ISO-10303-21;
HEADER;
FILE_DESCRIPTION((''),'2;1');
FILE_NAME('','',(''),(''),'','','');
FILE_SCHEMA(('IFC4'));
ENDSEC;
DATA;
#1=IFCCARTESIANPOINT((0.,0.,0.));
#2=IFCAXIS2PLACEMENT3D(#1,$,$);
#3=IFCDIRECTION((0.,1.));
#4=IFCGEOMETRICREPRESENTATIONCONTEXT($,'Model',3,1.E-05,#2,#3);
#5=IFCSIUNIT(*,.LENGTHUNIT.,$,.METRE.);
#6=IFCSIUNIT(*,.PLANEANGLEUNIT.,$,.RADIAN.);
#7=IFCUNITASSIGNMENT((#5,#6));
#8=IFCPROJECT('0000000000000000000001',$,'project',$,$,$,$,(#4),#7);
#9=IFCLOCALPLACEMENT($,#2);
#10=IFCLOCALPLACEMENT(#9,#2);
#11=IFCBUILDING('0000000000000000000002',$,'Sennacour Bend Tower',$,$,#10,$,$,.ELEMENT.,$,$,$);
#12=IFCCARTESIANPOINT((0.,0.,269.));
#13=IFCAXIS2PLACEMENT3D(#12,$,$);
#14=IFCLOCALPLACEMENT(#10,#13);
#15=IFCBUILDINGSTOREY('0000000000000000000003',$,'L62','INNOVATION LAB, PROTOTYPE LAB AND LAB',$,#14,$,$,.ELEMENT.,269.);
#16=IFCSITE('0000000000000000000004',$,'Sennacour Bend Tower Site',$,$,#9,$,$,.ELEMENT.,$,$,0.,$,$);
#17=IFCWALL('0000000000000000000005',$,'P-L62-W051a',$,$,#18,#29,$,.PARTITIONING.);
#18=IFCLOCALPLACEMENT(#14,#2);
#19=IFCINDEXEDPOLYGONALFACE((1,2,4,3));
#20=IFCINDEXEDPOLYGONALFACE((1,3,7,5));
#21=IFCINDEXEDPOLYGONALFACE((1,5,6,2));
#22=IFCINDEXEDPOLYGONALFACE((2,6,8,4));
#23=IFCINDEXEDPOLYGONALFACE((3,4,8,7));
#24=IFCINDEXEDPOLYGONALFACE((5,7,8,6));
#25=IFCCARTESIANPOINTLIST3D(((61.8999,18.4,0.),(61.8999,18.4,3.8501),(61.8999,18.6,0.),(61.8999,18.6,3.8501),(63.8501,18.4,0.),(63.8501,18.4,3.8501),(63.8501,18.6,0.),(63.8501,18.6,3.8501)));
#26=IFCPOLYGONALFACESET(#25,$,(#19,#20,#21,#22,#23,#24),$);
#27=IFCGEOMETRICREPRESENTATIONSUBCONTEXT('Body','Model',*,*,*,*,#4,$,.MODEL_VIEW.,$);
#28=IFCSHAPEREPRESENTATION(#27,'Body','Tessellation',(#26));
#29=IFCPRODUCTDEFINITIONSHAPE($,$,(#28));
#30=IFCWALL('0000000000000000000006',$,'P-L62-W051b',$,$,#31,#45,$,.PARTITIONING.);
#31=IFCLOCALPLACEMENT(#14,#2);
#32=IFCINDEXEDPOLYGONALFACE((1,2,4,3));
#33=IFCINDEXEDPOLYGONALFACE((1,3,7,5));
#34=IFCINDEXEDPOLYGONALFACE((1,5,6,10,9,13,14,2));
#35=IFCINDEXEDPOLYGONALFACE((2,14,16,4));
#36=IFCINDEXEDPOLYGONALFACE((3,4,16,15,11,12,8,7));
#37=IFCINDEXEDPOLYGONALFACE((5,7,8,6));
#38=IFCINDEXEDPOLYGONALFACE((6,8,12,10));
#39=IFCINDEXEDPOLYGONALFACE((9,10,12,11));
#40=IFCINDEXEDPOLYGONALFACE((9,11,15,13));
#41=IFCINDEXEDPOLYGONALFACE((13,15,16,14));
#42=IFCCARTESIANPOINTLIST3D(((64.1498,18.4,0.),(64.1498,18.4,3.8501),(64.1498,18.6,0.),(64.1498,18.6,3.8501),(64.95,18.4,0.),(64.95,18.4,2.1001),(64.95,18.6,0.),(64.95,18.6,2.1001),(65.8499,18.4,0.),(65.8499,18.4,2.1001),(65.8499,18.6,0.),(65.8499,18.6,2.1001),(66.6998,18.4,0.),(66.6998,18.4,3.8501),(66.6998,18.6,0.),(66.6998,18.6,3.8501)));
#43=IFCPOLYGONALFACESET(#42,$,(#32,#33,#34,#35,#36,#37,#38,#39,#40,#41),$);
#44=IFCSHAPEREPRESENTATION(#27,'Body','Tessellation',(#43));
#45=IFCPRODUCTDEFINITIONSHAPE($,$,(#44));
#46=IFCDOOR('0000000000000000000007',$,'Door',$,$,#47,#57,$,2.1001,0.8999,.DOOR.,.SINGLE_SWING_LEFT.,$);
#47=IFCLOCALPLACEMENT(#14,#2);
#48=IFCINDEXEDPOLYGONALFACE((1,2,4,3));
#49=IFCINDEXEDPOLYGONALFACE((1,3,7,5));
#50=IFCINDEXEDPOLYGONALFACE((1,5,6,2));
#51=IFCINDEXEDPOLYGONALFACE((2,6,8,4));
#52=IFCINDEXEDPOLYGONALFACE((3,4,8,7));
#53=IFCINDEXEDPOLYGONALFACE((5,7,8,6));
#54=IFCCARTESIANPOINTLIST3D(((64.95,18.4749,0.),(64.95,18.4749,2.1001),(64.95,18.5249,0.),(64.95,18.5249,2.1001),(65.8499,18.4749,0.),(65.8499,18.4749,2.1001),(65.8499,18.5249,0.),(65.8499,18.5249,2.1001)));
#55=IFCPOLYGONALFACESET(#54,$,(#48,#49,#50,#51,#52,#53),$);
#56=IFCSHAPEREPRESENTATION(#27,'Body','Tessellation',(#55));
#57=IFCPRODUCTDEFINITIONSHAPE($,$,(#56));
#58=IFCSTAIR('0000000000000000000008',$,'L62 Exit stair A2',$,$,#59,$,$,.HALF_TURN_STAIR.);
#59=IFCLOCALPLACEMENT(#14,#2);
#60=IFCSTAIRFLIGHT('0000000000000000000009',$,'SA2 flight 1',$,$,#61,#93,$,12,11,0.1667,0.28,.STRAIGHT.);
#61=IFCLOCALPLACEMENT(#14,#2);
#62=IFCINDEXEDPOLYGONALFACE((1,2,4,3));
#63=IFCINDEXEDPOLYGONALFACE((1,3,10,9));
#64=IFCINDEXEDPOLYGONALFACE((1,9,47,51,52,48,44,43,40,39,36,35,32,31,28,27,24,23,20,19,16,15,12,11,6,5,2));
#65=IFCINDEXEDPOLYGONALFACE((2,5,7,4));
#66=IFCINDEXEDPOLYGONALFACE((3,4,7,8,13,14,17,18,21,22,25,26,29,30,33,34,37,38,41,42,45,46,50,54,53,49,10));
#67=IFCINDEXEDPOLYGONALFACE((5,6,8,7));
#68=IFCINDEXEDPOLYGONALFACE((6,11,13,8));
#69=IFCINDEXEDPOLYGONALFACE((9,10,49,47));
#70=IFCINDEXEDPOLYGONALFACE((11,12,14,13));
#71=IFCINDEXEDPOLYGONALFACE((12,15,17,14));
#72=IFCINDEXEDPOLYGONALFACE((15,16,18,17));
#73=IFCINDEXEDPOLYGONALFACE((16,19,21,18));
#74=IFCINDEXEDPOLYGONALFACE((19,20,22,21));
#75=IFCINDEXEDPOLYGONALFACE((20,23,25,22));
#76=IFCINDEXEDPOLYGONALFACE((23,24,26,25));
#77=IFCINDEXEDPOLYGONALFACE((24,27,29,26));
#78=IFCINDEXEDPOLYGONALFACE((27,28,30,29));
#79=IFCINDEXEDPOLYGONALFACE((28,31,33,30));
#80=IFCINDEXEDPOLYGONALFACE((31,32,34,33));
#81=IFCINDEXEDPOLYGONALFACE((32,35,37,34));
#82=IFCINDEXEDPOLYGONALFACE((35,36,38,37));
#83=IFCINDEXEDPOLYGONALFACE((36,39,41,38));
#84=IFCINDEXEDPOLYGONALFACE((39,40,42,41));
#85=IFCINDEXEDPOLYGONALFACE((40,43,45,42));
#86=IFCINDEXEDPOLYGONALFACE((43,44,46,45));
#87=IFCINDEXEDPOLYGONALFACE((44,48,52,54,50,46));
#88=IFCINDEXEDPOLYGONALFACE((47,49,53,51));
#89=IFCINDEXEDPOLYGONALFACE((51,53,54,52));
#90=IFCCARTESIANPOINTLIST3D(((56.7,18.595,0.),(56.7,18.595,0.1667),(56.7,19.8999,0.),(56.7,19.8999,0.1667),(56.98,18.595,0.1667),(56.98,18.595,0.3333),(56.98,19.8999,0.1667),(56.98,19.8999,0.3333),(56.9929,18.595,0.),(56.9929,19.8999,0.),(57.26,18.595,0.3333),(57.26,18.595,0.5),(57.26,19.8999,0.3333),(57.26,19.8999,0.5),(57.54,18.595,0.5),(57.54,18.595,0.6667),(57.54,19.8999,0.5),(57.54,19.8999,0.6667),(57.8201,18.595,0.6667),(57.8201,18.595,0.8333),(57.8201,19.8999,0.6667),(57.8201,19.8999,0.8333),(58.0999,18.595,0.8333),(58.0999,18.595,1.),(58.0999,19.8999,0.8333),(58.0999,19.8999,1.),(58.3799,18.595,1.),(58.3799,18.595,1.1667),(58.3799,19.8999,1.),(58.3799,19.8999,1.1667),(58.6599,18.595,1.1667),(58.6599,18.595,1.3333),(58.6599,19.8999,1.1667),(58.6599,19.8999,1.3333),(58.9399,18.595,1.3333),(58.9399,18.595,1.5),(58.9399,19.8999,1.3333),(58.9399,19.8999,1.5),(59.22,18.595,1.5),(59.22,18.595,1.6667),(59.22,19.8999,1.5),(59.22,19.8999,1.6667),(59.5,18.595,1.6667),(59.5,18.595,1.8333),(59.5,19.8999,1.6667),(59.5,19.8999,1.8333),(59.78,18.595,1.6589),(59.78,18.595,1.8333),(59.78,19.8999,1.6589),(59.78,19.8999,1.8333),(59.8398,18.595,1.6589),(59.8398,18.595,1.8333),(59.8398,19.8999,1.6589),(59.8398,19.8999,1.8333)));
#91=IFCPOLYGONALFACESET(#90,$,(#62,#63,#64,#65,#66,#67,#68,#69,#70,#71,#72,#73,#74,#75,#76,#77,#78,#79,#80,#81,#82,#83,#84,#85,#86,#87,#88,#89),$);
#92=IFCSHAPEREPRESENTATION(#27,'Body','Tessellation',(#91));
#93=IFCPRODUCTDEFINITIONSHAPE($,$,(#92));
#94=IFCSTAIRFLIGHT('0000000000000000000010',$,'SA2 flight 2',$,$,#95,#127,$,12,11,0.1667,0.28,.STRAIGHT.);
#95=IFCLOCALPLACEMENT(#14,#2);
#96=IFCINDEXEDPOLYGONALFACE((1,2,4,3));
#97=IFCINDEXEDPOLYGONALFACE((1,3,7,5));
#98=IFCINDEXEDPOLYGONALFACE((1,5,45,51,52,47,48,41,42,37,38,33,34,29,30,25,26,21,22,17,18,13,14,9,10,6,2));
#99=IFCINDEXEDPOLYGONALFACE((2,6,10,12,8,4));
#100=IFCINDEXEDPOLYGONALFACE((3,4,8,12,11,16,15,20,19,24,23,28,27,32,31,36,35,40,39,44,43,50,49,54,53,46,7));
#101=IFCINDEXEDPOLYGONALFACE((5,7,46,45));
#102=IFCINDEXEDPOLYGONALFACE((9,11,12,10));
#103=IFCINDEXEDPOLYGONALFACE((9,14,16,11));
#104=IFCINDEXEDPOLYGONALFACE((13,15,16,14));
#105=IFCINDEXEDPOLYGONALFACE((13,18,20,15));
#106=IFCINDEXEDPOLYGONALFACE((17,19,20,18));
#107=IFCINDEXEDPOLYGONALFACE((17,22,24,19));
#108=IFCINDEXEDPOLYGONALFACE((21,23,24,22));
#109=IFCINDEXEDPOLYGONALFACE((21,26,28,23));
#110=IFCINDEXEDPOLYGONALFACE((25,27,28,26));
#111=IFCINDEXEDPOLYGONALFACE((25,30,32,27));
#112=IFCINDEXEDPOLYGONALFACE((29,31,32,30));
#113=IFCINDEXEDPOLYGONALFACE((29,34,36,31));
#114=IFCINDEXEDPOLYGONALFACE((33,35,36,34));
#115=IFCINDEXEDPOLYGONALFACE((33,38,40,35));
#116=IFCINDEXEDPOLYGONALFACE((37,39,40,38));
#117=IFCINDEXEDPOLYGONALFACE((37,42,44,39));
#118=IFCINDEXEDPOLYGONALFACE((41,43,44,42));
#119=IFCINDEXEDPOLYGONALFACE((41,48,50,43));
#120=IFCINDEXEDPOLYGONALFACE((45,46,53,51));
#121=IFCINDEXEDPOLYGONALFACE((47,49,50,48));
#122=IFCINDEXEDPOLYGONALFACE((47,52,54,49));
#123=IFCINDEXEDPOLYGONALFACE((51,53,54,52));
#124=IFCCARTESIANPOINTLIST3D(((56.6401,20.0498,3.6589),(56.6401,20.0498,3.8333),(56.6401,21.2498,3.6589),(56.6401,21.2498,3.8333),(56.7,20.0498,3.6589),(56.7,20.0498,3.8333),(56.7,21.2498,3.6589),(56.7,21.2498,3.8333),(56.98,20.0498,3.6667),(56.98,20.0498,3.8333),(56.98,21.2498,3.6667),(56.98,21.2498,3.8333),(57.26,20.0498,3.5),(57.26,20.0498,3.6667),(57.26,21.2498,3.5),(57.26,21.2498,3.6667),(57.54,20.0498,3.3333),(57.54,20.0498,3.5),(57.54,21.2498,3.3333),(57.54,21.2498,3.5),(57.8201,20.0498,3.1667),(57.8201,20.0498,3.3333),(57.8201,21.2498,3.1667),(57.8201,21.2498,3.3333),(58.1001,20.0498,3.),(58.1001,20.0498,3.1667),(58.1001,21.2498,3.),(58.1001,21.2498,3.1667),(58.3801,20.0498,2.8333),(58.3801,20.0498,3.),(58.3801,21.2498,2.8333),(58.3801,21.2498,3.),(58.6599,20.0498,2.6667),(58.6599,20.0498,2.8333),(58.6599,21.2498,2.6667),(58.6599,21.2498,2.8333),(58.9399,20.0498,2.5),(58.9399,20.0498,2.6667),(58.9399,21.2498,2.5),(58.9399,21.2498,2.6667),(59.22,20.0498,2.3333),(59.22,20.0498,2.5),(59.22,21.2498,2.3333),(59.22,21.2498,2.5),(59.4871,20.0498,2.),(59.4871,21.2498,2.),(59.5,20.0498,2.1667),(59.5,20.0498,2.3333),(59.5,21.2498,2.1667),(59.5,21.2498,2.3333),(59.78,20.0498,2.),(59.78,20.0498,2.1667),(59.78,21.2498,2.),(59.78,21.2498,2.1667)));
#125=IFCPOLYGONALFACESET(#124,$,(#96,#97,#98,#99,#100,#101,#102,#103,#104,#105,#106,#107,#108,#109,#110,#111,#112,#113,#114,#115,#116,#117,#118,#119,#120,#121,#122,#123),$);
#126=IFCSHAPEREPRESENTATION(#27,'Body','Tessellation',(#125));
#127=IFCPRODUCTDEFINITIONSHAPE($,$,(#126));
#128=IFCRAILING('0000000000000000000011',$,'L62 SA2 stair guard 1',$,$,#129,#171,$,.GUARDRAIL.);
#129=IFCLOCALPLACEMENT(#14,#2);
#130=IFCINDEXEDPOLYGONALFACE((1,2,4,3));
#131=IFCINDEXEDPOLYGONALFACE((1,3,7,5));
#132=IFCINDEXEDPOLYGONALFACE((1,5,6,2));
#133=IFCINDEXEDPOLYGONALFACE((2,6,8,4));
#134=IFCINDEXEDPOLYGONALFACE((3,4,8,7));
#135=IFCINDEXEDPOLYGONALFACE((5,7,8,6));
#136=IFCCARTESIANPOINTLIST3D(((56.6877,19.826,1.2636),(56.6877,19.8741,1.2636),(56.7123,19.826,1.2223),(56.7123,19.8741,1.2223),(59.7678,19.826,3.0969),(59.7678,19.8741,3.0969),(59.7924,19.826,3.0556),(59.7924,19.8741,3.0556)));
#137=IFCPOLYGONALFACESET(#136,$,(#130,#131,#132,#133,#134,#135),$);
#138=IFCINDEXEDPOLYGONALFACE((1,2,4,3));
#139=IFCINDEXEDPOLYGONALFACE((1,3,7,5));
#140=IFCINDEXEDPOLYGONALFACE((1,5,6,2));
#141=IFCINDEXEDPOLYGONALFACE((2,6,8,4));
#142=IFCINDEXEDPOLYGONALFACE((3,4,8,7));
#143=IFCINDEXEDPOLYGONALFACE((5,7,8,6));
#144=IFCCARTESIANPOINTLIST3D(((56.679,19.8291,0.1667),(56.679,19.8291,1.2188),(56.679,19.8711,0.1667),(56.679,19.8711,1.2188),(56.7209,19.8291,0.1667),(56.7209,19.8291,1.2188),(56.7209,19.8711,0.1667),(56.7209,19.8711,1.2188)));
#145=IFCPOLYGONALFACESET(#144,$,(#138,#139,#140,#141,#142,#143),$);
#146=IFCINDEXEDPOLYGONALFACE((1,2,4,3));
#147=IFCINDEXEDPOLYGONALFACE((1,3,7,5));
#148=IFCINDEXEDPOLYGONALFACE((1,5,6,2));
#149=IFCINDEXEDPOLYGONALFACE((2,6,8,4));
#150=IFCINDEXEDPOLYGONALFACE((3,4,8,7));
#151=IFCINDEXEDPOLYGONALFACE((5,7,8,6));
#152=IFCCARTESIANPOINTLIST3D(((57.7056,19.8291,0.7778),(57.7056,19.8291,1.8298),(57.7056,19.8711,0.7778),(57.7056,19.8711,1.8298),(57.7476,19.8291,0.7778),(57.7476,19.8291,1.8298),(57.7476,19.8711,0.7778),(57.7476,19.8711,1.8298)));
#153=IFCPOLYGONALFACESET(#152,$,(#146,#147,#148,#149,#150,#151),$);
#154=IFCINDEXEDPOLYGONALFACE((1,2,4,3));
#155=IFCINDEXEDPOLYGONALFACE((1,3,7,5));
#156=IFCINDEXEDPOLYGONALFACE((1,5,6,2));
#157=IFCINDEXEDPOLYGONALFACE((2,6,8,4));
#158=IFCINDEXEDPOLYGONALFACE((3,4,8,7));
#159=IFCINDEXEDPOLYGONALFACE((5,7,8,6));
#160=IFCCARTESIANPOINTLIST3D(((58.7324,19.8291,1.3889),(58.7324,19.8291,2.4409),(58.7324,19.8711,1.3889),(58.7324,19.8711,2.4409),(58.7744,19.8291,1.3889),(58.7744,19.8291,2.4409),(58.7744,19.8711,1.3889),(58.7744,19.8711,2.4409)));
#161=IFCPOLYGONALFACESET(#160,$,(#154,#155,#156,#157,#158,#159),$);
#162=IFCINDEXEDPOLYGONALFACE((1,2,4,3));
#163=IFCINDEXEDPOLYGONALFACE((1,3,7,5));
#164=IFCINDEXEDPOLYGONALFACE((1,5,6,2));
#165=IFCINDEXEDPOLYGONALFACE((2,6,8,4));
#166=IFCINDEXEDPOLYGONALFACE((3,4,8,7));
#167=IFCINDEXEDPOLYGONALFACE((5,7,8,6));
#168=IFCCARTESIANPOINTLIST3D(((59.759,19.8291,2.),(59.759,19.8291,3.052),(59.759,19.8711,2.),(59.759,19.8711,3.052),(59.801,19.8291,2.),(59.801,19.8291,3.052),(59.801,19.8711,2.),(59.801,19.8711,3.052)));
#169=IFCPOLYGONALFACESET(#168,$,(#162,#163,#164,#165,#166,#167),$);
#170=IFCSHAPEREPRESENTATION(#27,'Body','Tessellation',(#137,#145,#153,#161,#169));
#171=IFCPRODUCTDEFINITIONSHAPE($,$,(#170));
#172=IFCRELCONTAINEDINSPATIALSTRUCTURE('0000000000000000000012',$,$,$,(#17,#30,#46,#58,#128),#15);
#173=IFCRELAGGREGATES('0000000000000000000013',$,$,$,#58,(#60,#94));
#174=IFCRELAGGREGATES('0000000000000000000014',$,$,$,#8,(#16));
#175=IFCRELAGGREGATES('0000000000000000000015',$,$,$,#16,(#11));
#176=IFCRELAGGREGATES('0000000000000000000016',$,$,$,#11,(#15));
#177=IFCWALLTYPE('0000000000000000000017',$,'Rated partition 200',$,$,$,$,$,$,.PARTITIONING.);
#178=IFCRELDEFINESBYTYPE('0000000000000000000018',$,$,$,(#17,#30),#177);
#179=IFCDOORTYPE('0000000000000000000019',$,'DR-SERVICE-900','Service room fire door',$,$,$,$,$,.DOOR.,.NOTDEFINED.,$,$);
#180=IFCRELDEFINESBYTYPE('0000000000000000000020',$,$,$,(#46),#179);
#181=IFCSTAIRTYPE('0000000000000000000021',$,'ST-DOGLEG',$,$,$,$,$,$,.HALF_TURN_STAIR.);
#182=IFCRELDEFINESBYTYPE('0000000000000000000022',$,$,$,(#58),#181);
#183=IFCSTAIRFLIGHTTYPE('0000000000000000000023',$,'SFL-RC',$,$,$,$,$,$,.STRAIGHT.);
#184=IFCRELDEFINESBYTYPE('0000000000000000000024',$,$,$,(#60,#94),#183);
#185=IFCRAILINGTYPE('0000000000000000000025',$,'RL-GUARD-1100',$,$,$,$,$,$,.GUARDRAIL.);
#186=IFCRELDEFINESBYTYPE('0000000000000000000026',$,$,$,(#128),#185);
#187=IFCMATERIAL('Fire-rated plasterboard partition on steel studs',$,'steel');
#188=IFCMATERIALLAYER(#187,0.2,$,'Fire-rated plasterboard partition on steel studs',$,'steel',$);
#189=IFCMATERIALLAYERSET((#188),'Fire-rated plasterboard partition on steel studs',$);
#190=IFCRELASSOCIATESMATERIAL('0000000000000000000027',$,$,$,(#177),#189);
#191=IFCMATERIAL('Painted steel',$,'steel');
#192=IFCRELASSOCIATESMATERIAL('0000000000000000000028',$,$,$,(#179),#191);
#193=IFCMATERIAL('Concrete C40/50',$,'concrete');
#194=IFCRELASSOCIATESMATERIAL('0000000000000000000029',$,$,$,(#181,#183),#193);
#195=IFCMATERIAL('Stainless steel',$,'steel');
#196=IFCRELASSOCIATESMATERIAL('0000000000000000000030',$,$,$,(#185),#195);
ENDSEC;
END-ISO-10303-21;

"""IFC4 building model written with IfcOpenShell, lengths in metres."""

from ifc_helpers import new_model, si_unit, direction, frame, frame_2d, origin, origin_2d, place, context, subcontext, project, spatial, polyline, rectangle, outline, extrude, material, layer, layer_set, type_object, element, fill, aggregate, save


model = new_model("IFC4")

# Units and contexts
model_context = context("Model", 3, precision=1e-05, world=origin(), true_north=direction((0.0, 1.0)))
body_context = subcontext(model_context, "Body", "Model", "MODEL_VIEW")
ifc_project = project(units=[si_unit("LENGTHUNIT", "METRE"), si_unit("PLANEANGLEUNIT", "RADIAN")], contexts=[model_context])

# Site, building, storey
site_placement = place(None, origin())
site = spatial("IfcSite", under=ifc_project, at=site_placement, Name="Sennacour Bend Tower Site", CompositionType="ELEMENT", RefElevation=0.0)
building_placement = place(site_placement, origin())
building = spatial("IfcBuilding", under=site, at=building_placement, Name="Sennacour Bend Tower", CompositionType="ELEMENT")
storey_placement = place(building_placement, frame((0.0, 0.0, 269.0)))
storey = spatial("IfcBuildingStorey", under=building, at=storey_placement, Name="L62", Description="INNOVATION LAB, PROTOTYPE LAB AND LAB", CompositionType="ELEMENT", Elevation=269.0)

# Wall
ifc_material_1 = material(Name="Fire-rated plasterboard partition on steel studs", Category="steel")
ifc_layer = layer(ifc_material_1, 0.2, Name="Fire-rated plasterboard partition on steel studs", Category="steel")
ifc_layer_set = layer_set([ifc_layer], Name="Fire-rated plasterboard partition on steel studs")
wall_type = type_object("IfcWallType", Name="Rated partition 200", PredefinedType="PARTITIONING", material=ifc_layer_set)
wall_1_placement = place(storey_placement, frame((61.8999, 18.5, 0.0), z_axis=(0.0, 0.0, 1.0), x_axis=(1.0, 0.0, 0.0)))
element("IfcWall", 1, at=wall_1_placement, inside=storey, type_object=wall_type, Name="P-L62-W051a", PredefinedType="PARTITIONING", context=body_context, shape_type="SweptSolid", body=[
    extrude(rectangle(XDim=1.9502, YDim=0.2, at=frame_2d((0.9751, 0.0))), origin(), (0.0, 0.0, 1.0), 3.8501),
])

# Wall, opening, door
wall_2_placement = place(storey_placement, frame((64.1499, 18.5, 0.0), z_axis=(0.0, 0.0, 1.0), x_axis=(1.0, 0.0, 0.0)))
wall_2 = element("IfcWall", 2, at=wall_2_placement, inside=storey, type_object=wall_type, Name="P-L62-W051b", PredefinedType="PARTITIONING", context=body_context, shape_type="SweptSolid", body=[
    extrude(rectangle(XDim=2.55, YDim=0.2, at=frame_2d((1.2749, 0.0))), origin(), (0.0, 0.0, 1.0), 3.8501),
])
opening_placement = place(wall_2_placement, frame((0.8, 0.0, 0.0)))
opening = element("IfcOpeningElement", 3, at=opening_placement, cuts=wall_2, PredefinedType="OPENING", context=body_context, shape_type="SweptSolid", body=[
    extrude(rectangle(XDim=0.8999, YDim=2.1001, at=frame_2d((0.45, 1.05))), frame((0.0, 0.1099, 0.0), z_axis=(0.0, -1.0, 0.0), x_axis=(1.0, 0.0, 0.0)), (0.0, 0.0, 1.0), 0.22),
])
ifc_material_2 = material(Name="Painted steel", Category="steel")
door_type = type_object("IfcDoorType", Name="DR-SERVICE-900", Description="Service room fire door", OperationType="NOTDEFINED", PredefinedType="DOOR", material=ifc_material_2)
door_placement = place(opening_placement, origin())
door = element("IfcDoor", 4, at=door_placement, inside=storey, type_object=door_type, Name="Door", OperationType="SINGLE_SWING_LEFT", OverallHeight=2.1001, OverallWidth=0.8999, PredefinedType="DOOR", context=body_context, shape_type="SweptSolid", body=[
    extrude(rectangle(XDim=0.8999, YDim=2.1001, at=frame_2d((0.45, 1.05))), frame((0.0, 0.0249, 0.0), z_axis=(0.0, -1.0, 0.0), x_axis=(1.0, 0.0, 0.0)), (0.0, 0.0, 1.0), 0.05),
])
fill(opening, door)

# Stair, stair flights
ifc_material_3 = material(Name="Concrete C40/50", Category="concrete")
stair_type = type_object("IfcStairType", Name="ST-DOGLEG", PredefinedType="HALF_TURN_STAIR", material=ifc_material_3)
stair_placement = place(storey_placement, origin())
stair = element("IfcStair", 5, at=stair_placement, inside=storey, type_object=stair_type, Name="L62 Exit stair A2", PredefinedType="HALF_TURN_STAIR")
stair_flight_type = type_object("IfcStairFlightType", Name="SFL-RC", PredefinedType="STRAIGHT", material=ifc_material_3)
stair_flight_1_placement = place(storey_placement, frame((56.7, 19.2476, 0.0), z_axis=(0.0, 0.0, 1.0), x_axis=(1.0, 0.0, 0.0)))
stair_flight_1 = element("IfcStairFlight", 6, at=stair_flight_1_placement, type_object=stair_flight_type, Name="SA2 flight 1", NumberOfRisers=12, NumberOfTreads=11, PredefinedType="STRAIGHT", RiserHeight=0.1667, TreadLength=0.28, context=body_context, shape_type="SweptSolid", body=[
    extrude(outline(polyline([(0.0, 0.0), (0.0, 0.1667), (0.28, 0.1667), (0.28, 0.3333), (0.5601, 0.3333), (0.5601, 0.5), (0.8401, 0.5), (0.8401, 0.6667), (1.1201, 0.6667), (1.1201, 0.8333), (1.3999, 0.8333), (1.3999, 1.0), (1.6799, 1.0), (1.6799, 1.1667), (1.96, 1.1667), (1.96, 1.3333), (2.24, 1.3333), (2.24, 1.5), (2.52, 1.5), (2.52, 1.6667), (2.8, 1.6667), (2.8, 1.8333), (3.0801, 1.8333), (3.1399, 1.8333), (3.1399, 1.6589), (3.0801, 1.6589), (0.293, 0.0), (0.0, 0.0)])), frame((0.0, 0.6523, 0.0), z_axis=(0.0, -1.0, 0.0), x_axis=(1.0, 0.0, 0.0)), (0.0, 0.0, 1.0), 1.3049),
])
stair_flight_2_placement = place(storey_placement, frame((59.78, 20.6499, 2.0), z_axis=(0.0, 0.0, 1.0), x_axis=(-1.0, 0.0, 0.0)))
stair_flight_2 = element("IfcStairFlight", 7, at=stair_flight_2_placement, type_object=stair_flight_type, Name="SA2 flight 2", NumberOfRisers=12, NumberOfTreads=11, PredefinedType="STRAIGHT", RiserHeight=0.1667, TreadLength=0.28, context=body_context, shape_type="SweptSolid", body=[
    extrude(outline(polyline([(0.0, 0.0), (0.0, 0.1667), (0.28, 0.1667), (0.28, 0.3333), (0.5601, 0.3333), (0.5601, 0.5), (0.8401, 0.5), (0.8401, 0.6667), (1.1201, 0.6667), (1.1201, 0.8333), (1.3999, 0.8333), (1.3999, 1.0), (1.6799, 1.0), (1.6799, 1.1667), (1.96, 1.1667), (1.96, 1.3333), (2.24, 1.3333), (2.24, 1.5), (2.52, 1.5), (2.52, 1.6667), (2.8, 1.6667), (2.8, 1.8333), (3.0801, 1.8333), (3.1399, 1.8333), (3.1399, 1.6589), (3.0801, 1.6589), (0.293, 0.0), (0.0, 0.0)])), frame((0.0, 0.6001, 0.0), z_axis=(0.0, -1.0, 0.0), x_axis=(1.0, 0.0, 0.0)), (0.0, 0.0, 1.0), 1.2),
])
aggregate(stair, [stair_flight_1, stair_flight_2])

# Railing
ifc_material_4 = material(Name="Stainless steel", Category="steel")
railing_type_1 = type_object("IfcRailingType", Name="RL-GUARD-1100", PredefinedType="GUARDRAIL", material=ifc_material_4)
railing_1_placement = place(storey_placement, frame((56.7, 19.8501, 0.1667)))
element("IfcRailing", 8, at=railing_1_placement, inside=storey, type_object=railing_type_1, Name="L62 SA2 stair guard 1", PredefinedType="GUARDRAIL", context=body_context, shape_type="SweptSolid", body=[
    extrude(rectangle(XDim=0.0481, YDim=0.0481, at=origin_2d()), frame((0.0, 0.0, 1.0762), z_axis=(0.859309, 0.0, 0.511458), x_axis=(0.0, 1.0, 0.0)), (0.0, 0.0, 1.0), 3.5845),
    extrude(rectangle(XDim=0.042, YDim=0.042, at=origin_2d()), origin(), (0.0, 0.0, 1.0), 1.052),
    extrude(rectangle(XDim=0.042, YDim=0.042, at=origin_2d()), frame((1.0266, 0.0, 0.6111)), (0.0, 0.0, 1.0), 1.052),
    extrude(rectangle(XDim=0.042, YDim=0.042, at=origin_2d()), frame((2.0535, 0.0, 1.2222)), (0.0, 0.0, 1.0), 1.052),
    extrude(rectangle(XDim=0.042, YDim=0.042, at=origin_2d()), frame((3.0801, 0.0, 1.8333)), (0.0, 0.0, 1.0), 1.052),
])

save(model, "model.ifc")
